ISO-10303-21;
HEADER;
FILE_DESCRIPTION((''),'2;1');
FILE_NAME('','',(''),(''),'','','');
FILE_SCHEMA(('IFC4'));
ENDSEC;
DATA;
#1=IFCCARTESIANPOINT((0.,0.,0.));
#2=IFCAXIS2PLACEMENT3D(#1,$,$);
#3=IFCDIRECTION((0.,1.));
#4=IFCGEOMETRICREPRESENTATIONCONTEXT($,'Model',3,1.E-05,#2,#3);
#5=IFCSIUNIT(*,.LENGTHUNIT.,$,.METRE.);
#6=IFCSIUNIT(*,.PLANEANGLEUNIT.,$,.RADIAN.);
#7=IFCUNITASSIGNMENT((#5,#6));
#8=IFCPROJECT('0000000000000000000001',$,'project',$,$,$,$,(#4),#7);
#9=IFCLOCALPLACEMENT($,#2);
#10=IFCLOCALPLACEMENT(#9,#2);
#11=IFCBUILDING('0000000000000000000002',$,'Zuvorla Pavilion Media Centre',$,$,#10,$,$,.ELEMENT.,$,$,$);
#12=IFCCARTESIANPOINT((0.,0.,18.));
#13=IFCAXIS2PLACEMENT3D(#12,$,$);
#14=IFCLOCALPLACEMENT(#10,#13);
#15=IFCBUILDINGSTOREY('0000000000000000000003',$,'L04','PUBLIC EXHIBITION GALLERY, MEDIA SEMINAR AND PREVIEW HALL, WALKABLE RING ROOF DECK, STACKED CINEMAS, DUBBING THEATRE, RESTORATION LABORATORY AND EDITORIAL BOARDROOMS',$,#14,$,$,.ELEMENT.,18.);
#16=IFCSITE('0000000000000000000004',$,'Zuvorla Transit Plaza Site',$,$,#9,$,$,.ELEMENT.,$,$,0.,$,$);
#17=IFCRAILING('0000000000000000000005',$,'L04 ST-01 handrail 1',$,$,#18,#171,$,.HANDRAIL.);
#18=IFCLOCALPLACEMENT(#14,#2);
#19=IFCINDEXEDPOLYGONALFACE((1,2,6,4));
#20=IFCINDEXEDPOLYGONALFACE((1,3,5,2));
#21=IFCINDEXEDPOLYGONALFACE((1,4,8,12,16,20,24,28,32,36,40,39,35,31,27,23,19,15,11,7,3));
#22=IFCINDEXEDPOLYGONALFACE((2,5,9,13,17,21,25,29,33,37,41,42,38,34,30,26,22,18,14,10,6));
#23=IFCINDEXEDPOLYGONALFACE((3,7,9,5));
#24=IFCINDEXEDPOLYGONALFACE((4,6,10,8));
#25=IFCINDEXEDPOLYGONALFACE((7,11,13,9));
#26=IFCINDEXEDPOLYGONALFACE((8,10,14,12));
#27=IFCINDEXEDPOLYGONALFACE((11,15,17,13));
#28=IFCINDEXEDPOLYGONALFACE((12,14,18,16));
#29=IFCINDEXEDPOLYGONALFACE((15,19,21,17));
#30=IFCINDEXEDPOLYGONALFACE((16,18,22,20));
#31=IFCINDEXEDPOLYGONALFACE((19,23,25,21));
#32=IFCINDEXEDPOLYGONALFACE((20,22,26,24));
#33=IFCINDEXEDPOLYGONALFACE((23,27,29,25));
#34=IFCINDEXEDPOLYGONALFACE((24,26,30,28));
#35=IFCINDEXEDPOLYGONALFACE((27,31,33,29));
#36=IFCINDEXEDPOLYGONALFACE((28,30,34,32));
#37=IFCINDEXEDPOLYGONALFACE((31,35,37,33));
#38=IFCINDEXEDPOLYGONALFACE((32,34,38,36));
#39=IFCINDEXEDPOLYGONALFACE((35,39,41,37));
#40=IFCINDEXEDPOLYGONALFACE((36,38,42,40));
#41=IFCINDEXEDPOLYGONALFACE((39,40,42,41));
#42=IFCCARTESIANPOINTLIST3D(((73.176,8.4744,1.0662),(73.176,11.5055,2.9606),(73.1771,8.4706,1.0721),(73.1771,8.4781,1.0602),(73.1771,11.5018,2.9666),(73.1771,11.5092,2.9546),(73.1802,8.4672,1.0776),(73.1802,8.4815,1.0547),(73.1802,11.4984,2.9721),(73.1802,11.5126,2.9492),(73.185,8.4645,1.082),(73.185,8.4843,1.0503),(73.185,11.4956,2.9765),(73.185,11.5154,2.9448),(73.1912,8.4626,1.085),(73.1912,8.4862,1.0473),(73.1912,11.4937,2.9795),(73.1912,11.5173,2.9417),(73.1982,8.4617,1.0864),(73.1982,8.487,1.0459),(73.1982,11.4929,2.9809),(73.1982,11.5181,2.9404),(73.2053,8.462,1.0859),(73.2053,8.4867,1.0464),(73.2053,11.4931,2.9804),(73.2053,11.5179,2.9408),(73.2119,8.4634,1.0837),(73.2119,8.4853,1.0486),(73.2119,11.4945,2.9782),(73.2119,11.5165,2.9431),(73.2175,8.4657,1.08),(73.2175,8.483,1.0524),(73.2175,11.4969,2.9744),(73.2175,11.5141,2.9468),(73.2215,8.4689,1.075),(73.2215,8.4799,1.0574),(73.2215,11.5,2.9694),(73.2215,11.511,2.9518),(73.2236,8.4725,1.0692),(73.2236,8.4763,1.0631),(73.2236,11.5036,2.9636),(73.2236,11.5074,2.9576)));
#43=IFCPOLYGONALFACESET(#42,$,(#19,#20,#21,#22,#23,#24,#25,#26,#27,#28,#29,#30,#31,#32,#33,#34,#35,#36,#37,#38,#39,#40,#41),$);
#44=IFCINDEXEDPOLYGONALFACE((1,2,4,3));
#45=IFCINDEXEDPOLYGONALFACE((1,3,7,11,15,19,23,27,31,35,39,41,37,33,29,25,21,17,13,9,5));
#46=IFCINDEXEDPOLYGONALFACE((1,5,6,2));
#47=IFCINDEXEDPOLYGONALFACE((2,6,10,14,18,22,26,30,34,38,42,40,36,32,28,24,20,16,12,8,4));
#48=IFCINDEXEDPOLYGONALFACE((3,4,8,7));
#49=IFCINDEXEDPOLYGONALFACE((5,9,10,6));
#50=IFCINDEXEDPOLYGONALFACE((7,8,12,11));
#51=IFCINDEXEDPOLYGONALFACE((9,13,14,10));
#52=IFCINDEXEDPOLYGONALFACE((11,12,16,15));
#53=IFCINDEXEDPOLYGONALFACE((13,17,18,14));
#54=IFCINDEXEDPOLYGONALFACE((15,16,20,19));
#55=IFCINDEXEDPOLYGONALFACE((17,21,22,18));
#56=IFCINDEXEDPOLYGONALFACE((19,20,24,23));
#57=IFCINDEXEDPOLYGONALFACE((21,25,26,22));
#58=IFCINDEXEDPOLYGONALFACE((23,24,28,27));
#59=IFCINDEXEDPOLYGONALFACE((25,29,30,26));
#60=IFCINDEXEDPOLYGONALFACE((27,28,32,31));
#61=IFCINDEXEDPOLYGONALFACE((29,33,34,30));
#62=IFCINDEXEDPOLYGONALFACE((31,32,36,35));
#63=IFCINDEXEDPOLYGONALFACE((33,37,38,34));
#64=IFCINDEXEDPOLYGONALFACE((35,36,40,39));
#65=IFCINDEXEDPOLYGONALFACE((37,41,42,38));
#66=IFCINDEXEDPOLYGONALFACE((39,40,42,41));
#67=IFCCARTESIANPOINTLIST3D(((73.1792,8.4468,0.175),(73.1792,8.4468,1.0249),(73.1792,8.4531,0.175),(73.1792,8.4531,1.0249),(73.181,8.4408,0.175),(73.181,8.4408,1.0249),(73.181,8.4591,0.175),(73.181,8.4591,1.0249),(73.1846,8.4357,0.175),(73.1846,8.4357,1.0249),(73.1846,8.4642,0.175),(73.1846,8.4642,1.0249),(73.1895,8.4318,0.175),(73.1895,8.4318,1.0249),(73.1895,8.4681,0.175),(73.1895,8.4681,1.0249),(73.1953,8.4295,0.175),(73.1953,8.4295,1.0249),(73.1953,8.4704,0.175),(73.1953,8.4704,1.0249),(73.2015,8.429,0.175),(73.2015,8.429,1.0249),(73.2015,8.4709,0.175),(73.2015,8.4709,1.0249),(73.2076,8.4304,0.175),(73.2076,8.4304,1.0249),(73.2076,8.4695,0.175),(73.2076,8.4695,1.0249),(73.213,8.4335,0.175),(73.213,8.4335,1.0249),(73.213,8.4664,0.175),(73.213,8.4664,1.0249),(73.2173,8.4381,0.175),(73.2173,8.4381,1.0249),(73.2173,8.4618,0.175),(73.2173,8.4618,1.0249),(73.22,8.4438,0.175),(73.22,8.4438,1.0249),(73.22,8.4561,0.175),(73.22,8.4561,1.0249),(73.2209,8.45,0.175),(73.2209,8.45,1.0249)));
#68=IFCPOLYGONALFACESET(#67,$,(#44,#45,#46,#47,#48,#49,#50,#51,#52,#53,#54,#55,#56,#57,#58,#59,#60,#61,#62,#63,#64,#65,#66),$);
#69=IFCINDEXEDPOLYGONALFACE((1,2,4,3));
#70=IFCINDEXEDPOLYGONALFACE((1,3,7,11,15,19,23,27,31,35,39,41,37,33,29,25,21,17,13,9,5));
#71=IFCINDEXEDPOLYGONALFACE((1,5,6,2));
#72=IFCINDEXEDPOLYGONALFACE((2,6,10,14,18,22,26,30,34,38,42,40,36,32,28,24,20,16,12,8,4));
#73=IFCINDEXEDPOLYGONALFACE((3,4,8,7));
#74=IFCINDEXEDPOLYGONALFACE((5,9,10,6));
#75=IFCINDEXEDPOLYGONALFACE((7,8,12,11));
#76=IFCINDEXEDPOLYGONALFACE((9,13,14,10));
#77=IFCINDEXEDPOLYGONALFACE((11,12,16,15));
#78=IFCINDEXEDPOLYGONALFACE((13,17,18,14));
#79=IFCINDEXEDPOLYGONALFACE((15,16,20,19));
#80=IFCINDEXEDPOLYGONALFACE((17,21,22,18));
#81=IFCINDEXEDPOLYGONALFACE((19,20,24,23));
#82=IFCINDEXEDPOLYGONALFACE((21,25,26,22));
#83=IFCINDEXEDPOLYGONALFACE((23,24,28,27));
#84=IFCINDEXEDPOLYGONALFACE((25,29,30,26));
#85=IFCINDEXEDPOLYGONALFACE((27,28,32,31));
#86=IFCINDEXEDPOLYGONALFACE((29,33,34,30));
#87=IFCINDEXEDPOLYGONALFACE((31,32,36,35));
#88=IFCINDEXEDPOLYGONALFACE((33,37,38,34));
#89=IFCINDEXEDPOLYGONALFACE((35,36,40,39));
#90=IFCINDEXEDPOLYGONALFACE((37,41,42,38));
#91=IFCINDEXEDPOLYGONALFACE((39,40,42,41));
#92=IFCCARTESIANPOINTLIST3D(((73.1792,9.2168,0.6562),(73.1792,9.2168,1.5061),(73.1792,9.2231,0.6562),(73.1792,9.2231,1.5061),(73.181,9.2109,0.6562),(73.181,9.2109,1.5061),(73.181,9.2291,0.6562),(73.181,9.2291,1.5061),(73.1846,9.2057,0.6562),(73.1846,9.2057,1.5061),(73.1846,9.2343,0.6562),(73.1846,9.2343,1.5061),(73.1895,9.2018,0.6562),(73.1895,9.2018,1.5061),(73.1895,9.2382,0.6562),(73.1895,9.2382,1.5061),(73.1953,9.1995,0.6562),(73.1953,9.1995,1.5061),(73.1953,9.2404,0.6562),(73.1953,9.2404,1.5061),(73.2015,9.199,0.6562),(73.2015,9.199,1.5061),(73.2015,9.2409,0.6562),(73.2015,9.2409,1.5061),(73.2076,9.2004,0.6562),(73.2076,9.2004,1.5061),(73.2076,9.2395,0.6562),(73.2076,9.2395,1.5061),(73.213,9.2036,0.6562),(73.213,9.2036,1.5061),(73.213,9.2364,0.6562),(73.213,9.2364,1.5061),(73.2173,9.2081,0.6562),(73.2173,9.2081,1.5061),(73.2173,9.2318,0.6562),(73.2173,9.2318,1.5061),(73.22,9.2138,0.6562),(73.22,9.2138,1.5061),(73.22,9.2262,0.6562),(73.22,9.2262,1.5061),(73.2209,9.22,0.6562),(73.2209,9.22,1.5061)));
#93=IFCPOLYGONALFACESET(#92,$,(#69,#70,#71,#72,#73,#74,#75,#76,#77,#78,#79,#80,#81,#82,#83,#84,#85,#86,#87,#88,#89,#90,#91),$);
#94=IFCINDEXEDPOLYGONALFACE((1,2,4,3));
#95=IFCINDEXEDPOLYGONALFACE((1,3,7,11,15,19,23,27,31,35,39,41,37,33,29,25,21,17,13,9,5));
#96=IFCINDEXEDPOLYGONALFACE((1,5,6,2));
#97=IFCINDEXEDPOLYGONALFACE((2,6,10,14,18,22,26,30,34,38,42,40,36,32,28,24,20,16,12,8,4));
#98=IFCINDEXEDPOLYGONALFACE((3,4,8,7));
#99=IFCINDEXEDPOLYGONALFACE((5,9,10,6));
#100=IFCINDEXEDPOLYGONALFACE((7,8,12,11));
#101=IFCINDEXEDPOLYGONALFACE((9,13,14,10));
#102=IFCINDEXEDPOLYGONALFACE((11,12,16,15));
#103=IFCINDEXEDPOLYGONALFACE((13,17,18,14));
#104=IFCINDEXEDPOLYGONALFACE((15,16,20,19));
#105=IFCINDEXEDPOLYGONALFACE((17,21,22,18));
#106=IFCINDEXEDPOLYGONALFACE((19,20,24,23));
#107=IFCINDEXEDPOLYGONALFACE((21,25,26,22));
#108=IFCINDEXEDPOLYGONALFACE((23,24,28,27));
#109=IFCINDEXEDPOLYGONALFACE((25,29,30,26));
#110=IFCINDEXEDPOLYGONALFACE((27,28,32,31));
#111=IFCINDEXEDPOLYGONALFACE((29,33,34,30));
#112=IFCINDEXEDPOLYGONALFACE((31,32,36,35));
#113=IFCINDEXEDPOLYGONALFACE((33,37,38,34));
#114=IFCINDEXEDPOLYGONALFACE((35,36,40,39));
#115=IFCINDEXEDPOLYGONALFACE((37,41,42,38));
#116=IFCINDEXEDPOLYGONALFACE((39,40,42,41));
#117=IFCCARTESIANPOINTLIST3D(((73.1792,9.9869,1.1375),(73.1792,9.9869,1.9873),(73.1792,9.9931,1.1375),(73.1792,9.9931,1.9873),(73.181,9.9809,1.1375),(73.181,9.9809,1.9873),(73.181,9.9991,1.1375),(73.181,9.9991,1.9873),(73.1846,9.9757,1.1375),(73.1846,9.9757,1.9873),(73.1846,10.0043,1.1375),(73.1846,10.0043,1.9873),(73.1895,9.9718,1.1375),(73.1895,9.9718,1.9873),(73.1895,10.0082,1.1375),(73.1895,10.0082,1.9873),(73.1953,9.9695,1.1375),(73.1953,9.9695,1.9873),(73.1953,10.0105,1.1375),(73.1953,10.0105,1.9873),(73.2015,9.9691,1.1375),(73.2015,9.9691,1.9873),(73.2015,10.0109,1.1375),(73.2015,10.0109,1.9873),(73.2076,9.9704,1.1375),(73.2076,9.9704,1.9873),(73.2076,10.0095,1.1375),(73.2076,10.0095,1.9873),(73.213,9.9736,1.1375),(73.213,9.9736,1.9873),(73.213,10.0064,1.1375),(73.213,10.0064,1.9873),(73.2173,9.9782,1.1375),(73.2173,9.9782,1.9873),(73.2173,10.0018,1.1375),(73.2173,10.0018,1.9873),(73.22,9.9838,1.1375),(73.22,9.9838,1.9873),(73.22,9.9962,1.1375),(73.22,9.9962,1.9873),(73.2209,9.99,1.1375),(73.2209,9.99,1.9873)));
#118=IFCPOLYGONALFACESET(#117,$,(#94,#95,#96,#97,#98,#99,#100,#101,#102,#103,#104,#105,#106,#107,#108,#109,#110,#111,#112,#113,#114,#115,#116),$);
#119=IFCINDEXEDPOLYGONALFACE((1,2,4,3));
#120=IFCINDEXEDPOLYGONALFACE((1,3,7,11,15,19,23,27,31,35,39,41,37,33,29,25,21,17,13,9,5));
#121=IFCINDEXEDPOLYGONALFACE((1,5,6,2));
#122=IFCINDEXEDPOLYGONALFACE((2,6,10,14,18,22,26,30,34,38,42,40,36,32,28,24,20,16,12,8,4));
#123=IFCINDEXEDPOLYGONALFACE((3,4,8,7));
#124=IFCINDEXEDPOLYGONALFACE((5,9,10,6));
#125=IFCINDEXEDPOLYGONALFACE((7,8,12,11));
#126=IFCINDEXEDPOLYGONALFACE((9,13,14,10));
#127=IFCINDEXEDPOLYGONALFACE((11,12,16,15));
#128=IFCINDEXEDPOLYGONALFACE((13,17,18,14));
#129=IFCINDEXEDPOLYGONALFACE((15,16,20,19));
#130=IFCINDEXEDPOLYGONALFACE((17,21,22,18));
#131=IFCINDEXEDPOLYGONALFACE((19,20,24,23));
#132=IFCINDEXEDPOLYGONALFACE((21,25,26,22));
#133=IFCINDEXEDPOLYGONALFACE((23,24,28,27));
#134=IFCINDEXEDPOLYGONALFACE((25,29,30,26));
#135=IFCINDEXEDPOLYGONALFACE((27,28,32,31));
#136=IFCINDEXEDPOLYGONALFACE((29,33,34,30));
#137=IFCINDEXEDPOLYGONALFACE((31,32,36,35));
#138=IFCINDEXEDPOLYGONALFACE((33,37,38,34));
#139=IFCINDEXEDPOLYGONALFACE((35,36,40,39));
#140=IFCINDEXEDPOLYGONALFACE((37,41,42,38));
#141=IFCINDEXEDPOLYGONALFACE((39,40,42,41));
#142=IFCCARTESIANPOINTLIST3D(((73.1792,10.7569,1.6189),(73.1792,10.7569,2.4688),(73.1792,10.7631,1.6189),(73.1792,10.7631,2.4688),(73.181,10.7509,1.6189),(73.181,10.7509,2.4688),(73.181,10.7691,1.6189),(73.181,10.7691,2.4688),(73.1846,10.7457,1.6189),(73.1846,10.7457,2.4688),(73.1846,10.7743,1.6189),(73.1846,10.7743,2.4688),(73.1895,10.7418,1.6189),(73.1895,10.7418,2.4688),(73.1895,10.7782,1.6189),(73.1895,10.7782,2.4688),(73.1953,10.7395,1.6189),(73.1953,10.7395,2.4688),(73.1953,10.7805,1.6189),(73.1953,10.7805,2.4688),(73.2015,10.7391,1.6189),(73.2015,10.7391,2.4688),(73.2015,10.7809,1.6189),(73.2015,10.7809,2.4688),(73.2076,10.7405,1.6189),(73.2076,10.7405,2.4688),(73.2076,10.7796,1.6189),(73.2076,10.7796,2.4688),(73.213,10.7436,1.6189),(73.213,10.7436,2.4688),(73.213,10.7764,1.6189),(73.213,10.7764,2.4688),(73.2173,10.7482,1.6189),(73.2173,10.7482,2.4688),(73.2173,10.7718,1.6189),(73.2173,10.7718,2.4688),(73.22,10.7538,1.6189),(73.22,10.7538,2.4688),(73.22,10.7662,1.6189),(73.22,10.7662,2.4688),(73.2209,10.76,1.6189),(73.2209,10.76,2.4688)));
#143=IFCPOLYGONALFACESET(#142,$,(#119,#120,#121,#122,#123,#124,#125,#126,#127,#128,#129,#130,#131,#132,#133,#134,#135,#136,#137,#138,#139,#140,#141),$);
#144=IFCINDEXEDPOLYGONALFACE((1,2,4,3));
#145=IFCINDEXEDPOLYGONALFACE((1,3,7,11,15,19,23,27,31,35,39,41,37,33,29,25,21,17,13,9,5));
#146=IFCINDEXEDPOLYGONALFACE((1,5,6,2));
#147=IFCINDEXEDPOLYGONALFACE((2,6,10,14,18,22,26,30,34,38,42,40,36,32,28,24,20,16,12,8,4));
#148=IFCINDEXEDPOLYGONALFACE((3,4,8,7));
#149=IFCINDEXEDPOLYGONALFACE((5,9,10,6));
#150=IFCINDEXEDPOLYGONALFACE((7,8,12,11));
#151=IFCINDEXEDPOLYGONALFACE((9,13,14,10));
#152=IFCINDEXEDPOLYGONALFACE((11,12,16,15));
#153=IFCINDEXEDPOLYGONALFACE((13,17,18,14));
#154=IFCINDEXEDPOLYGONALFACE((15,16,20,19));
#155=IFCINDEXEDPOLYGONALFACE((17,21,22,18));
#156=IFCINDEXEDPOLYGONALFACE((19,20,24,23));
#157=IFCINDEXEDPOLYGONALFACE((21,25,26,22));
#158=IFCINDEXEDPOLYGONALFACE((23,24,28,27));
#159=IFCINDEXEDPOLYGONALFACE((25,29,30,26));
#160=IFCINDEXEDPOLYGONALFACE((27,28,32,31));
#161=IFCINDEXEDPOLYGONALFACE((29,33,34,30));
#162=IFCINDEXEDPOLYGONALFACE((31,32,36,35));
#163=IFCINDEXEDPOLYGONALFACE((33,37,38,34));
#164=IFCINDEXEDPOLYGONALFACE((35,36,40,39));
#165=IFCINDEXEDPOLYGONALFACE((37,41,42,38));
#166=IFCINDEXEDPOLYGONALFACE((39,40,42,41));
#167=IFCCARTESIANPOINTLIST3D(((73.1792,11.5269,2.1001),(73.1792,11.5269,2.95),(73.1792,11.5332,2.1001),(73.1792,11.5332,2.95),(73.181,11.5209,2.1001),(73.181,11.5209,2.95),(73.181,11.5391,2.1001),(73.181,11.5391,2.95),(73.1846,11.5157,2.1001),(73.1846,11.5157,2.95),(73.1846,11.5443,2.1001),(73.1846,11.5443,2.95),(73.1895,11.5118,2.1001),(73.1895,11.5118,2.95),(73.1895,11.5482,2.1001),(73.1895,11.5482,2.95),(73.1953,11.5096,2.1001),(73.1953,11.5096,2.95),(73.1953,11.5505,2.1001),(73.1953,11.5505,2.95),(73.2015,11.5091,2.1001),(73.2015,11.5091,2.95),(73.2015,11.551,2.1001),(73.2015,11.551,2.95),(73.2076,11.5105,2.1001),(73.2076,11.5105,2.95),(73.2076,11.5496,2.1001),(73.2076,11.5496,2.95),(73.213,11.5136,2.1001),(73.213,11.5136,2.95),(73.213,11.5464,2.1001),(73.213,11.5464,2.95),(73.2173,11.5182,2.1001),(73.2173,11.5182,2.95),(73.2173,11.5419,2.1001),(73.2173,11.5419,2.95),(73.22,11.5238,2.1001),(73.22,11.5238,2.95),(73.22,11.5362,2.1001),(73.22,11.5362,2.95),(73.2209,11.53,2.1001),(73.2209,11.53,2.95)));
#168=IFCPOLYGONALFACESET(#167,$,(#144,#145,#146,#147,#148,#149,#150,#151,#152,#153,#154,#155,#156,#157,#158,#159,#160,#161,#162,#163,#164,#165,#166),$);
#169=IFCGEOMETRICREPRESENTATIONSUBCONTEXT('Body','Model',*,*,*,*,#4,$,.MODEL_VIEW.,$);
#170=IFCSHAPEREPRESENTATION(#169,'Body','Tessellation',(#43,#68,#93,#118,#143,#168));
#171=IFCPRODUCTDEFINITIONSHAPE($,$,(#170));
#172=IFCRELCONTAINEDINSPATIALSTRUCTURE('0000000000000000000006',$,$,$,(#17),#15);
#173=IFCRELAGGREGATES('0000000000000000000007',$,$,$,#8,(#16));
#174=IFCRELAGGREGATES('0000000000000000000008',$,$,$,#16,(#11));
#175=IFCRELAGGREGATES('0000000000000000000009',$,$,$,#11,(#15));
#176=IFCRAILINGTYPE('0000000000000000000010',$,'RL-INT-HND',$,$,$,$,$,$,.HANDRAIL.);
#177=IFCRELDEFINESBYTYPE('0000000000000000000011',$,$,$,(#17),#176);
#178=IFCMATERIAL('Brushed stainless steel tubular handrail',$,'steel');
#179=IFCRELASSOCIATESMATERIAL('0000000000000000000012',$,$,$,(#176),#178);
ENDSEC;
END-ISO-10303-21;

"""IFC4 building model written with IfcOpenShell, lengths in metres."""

from ifc_helpers import new_model, si_unit, direction, frame, origin, origin_2d, place, context, subcontext, project, spatial, circle, extrude, material, type_object, element, save


model = new_model("IFC4")

# Units and contexts
model_context = context("Model", 3, precision=1e-05, world=origin(), true_north=direction((0.0, 1.0)))
body_context = subcontext(model_context, "Body", "Model", "MODEL_VIEW")
ifc_project = project(units=[si_unit("LENGTHUNIT", "METRE"), si_unit("PLANEANGLEUNIT", "RADIAN")], contexts=[model_context])

# Site, building, storey
site_placement = place(None, origin())
site = spatial("IfcSite", under=ifc_project, at=site_placement, Name="Zuvorla Transit Plaza Site", CompositionType="ELEMENT", RefElevation=0.0)
building_placement = place(site_placement, origin())
building = spatial("IfcBuilding", under=site, at=building_placement, Name="Zuvorla Pavilion Media Centre", CompositionType="ELEMENT")
storey_placement = place(building_placement, frame((0.0, 0.0, 18.0)))
storey = spatial("IfcBuildingStorey", under=building, at=storey_placement, Name="L04", Description="PUBLIC EXHIBITION GALLERY, MEDIA SEMINAR AND PREVIEW HALL, WALKABLE RING ROOF DECK, STACKED CINEMAS, DUBBING THEATRE, RESTORATION LABORATORY AND EDITORIAL BOARDROOMS", CompositionType="ELEMENT", Elevation=18.0)

# Railing
ifc_material_1 = material(Name="Brushed stainless steel tubular handrail", Category="steel")
railing_type_1 = type_object("IfcRailingType", Name="RL-INT-HND", PredefinedType="HANDRAIL", material=ifc_material_1)
railing_1_placement = place(storey_placement, frame((73.2, 8.45, 0.175)))
element("IfcRailing", 1, at=railing_1_placement, inside=storey, type_object=railing_type_1, Name="L04 ST-01 handrail 1", PredefinedType="HANDRAIL", context=body_context, shape_type="SweptSolid", body=[
    extrude(circle(Radius=0.0239, at=origin_2d()), frame((0.0, 0.0244, 0.8911), z_axis=(0.0, 0.847998, 0.529999), x_axis=(-1.0, 0.0, 0.0)), (0.0, 0.0, 1.0), 3.5745),
    extrude(circle(Radius=0.021, at=origin_2d()), origin(), (0.0, 0.0, 1.0), 0.8499),
    extrude(circle(Radius=0.021, at=origin_2d()), frame((0.0, 0.77, 0.4812)), (0.0, 0.0, 1.0), 0.8499),
    extrude(circle(Radius=0.021, at=origin_2d()), frame((0.0, 1.54, 0.9624)), (0.0, 0.0, 1.0), 0.8499),
    extrude(circle(Radius=0.021, at=origin_2d()), frame((0.0, 2.3101, 1.4438)), (0.0, 0.0, 1.0), 0.8499),
    extrude(circle(Radius=0.021, at=origin_2d()), frame((0.0, 3.0801, 1.925)), (0.0, 0.0, 1.0), 0.8499),
])

save(model, "model.ifc")
